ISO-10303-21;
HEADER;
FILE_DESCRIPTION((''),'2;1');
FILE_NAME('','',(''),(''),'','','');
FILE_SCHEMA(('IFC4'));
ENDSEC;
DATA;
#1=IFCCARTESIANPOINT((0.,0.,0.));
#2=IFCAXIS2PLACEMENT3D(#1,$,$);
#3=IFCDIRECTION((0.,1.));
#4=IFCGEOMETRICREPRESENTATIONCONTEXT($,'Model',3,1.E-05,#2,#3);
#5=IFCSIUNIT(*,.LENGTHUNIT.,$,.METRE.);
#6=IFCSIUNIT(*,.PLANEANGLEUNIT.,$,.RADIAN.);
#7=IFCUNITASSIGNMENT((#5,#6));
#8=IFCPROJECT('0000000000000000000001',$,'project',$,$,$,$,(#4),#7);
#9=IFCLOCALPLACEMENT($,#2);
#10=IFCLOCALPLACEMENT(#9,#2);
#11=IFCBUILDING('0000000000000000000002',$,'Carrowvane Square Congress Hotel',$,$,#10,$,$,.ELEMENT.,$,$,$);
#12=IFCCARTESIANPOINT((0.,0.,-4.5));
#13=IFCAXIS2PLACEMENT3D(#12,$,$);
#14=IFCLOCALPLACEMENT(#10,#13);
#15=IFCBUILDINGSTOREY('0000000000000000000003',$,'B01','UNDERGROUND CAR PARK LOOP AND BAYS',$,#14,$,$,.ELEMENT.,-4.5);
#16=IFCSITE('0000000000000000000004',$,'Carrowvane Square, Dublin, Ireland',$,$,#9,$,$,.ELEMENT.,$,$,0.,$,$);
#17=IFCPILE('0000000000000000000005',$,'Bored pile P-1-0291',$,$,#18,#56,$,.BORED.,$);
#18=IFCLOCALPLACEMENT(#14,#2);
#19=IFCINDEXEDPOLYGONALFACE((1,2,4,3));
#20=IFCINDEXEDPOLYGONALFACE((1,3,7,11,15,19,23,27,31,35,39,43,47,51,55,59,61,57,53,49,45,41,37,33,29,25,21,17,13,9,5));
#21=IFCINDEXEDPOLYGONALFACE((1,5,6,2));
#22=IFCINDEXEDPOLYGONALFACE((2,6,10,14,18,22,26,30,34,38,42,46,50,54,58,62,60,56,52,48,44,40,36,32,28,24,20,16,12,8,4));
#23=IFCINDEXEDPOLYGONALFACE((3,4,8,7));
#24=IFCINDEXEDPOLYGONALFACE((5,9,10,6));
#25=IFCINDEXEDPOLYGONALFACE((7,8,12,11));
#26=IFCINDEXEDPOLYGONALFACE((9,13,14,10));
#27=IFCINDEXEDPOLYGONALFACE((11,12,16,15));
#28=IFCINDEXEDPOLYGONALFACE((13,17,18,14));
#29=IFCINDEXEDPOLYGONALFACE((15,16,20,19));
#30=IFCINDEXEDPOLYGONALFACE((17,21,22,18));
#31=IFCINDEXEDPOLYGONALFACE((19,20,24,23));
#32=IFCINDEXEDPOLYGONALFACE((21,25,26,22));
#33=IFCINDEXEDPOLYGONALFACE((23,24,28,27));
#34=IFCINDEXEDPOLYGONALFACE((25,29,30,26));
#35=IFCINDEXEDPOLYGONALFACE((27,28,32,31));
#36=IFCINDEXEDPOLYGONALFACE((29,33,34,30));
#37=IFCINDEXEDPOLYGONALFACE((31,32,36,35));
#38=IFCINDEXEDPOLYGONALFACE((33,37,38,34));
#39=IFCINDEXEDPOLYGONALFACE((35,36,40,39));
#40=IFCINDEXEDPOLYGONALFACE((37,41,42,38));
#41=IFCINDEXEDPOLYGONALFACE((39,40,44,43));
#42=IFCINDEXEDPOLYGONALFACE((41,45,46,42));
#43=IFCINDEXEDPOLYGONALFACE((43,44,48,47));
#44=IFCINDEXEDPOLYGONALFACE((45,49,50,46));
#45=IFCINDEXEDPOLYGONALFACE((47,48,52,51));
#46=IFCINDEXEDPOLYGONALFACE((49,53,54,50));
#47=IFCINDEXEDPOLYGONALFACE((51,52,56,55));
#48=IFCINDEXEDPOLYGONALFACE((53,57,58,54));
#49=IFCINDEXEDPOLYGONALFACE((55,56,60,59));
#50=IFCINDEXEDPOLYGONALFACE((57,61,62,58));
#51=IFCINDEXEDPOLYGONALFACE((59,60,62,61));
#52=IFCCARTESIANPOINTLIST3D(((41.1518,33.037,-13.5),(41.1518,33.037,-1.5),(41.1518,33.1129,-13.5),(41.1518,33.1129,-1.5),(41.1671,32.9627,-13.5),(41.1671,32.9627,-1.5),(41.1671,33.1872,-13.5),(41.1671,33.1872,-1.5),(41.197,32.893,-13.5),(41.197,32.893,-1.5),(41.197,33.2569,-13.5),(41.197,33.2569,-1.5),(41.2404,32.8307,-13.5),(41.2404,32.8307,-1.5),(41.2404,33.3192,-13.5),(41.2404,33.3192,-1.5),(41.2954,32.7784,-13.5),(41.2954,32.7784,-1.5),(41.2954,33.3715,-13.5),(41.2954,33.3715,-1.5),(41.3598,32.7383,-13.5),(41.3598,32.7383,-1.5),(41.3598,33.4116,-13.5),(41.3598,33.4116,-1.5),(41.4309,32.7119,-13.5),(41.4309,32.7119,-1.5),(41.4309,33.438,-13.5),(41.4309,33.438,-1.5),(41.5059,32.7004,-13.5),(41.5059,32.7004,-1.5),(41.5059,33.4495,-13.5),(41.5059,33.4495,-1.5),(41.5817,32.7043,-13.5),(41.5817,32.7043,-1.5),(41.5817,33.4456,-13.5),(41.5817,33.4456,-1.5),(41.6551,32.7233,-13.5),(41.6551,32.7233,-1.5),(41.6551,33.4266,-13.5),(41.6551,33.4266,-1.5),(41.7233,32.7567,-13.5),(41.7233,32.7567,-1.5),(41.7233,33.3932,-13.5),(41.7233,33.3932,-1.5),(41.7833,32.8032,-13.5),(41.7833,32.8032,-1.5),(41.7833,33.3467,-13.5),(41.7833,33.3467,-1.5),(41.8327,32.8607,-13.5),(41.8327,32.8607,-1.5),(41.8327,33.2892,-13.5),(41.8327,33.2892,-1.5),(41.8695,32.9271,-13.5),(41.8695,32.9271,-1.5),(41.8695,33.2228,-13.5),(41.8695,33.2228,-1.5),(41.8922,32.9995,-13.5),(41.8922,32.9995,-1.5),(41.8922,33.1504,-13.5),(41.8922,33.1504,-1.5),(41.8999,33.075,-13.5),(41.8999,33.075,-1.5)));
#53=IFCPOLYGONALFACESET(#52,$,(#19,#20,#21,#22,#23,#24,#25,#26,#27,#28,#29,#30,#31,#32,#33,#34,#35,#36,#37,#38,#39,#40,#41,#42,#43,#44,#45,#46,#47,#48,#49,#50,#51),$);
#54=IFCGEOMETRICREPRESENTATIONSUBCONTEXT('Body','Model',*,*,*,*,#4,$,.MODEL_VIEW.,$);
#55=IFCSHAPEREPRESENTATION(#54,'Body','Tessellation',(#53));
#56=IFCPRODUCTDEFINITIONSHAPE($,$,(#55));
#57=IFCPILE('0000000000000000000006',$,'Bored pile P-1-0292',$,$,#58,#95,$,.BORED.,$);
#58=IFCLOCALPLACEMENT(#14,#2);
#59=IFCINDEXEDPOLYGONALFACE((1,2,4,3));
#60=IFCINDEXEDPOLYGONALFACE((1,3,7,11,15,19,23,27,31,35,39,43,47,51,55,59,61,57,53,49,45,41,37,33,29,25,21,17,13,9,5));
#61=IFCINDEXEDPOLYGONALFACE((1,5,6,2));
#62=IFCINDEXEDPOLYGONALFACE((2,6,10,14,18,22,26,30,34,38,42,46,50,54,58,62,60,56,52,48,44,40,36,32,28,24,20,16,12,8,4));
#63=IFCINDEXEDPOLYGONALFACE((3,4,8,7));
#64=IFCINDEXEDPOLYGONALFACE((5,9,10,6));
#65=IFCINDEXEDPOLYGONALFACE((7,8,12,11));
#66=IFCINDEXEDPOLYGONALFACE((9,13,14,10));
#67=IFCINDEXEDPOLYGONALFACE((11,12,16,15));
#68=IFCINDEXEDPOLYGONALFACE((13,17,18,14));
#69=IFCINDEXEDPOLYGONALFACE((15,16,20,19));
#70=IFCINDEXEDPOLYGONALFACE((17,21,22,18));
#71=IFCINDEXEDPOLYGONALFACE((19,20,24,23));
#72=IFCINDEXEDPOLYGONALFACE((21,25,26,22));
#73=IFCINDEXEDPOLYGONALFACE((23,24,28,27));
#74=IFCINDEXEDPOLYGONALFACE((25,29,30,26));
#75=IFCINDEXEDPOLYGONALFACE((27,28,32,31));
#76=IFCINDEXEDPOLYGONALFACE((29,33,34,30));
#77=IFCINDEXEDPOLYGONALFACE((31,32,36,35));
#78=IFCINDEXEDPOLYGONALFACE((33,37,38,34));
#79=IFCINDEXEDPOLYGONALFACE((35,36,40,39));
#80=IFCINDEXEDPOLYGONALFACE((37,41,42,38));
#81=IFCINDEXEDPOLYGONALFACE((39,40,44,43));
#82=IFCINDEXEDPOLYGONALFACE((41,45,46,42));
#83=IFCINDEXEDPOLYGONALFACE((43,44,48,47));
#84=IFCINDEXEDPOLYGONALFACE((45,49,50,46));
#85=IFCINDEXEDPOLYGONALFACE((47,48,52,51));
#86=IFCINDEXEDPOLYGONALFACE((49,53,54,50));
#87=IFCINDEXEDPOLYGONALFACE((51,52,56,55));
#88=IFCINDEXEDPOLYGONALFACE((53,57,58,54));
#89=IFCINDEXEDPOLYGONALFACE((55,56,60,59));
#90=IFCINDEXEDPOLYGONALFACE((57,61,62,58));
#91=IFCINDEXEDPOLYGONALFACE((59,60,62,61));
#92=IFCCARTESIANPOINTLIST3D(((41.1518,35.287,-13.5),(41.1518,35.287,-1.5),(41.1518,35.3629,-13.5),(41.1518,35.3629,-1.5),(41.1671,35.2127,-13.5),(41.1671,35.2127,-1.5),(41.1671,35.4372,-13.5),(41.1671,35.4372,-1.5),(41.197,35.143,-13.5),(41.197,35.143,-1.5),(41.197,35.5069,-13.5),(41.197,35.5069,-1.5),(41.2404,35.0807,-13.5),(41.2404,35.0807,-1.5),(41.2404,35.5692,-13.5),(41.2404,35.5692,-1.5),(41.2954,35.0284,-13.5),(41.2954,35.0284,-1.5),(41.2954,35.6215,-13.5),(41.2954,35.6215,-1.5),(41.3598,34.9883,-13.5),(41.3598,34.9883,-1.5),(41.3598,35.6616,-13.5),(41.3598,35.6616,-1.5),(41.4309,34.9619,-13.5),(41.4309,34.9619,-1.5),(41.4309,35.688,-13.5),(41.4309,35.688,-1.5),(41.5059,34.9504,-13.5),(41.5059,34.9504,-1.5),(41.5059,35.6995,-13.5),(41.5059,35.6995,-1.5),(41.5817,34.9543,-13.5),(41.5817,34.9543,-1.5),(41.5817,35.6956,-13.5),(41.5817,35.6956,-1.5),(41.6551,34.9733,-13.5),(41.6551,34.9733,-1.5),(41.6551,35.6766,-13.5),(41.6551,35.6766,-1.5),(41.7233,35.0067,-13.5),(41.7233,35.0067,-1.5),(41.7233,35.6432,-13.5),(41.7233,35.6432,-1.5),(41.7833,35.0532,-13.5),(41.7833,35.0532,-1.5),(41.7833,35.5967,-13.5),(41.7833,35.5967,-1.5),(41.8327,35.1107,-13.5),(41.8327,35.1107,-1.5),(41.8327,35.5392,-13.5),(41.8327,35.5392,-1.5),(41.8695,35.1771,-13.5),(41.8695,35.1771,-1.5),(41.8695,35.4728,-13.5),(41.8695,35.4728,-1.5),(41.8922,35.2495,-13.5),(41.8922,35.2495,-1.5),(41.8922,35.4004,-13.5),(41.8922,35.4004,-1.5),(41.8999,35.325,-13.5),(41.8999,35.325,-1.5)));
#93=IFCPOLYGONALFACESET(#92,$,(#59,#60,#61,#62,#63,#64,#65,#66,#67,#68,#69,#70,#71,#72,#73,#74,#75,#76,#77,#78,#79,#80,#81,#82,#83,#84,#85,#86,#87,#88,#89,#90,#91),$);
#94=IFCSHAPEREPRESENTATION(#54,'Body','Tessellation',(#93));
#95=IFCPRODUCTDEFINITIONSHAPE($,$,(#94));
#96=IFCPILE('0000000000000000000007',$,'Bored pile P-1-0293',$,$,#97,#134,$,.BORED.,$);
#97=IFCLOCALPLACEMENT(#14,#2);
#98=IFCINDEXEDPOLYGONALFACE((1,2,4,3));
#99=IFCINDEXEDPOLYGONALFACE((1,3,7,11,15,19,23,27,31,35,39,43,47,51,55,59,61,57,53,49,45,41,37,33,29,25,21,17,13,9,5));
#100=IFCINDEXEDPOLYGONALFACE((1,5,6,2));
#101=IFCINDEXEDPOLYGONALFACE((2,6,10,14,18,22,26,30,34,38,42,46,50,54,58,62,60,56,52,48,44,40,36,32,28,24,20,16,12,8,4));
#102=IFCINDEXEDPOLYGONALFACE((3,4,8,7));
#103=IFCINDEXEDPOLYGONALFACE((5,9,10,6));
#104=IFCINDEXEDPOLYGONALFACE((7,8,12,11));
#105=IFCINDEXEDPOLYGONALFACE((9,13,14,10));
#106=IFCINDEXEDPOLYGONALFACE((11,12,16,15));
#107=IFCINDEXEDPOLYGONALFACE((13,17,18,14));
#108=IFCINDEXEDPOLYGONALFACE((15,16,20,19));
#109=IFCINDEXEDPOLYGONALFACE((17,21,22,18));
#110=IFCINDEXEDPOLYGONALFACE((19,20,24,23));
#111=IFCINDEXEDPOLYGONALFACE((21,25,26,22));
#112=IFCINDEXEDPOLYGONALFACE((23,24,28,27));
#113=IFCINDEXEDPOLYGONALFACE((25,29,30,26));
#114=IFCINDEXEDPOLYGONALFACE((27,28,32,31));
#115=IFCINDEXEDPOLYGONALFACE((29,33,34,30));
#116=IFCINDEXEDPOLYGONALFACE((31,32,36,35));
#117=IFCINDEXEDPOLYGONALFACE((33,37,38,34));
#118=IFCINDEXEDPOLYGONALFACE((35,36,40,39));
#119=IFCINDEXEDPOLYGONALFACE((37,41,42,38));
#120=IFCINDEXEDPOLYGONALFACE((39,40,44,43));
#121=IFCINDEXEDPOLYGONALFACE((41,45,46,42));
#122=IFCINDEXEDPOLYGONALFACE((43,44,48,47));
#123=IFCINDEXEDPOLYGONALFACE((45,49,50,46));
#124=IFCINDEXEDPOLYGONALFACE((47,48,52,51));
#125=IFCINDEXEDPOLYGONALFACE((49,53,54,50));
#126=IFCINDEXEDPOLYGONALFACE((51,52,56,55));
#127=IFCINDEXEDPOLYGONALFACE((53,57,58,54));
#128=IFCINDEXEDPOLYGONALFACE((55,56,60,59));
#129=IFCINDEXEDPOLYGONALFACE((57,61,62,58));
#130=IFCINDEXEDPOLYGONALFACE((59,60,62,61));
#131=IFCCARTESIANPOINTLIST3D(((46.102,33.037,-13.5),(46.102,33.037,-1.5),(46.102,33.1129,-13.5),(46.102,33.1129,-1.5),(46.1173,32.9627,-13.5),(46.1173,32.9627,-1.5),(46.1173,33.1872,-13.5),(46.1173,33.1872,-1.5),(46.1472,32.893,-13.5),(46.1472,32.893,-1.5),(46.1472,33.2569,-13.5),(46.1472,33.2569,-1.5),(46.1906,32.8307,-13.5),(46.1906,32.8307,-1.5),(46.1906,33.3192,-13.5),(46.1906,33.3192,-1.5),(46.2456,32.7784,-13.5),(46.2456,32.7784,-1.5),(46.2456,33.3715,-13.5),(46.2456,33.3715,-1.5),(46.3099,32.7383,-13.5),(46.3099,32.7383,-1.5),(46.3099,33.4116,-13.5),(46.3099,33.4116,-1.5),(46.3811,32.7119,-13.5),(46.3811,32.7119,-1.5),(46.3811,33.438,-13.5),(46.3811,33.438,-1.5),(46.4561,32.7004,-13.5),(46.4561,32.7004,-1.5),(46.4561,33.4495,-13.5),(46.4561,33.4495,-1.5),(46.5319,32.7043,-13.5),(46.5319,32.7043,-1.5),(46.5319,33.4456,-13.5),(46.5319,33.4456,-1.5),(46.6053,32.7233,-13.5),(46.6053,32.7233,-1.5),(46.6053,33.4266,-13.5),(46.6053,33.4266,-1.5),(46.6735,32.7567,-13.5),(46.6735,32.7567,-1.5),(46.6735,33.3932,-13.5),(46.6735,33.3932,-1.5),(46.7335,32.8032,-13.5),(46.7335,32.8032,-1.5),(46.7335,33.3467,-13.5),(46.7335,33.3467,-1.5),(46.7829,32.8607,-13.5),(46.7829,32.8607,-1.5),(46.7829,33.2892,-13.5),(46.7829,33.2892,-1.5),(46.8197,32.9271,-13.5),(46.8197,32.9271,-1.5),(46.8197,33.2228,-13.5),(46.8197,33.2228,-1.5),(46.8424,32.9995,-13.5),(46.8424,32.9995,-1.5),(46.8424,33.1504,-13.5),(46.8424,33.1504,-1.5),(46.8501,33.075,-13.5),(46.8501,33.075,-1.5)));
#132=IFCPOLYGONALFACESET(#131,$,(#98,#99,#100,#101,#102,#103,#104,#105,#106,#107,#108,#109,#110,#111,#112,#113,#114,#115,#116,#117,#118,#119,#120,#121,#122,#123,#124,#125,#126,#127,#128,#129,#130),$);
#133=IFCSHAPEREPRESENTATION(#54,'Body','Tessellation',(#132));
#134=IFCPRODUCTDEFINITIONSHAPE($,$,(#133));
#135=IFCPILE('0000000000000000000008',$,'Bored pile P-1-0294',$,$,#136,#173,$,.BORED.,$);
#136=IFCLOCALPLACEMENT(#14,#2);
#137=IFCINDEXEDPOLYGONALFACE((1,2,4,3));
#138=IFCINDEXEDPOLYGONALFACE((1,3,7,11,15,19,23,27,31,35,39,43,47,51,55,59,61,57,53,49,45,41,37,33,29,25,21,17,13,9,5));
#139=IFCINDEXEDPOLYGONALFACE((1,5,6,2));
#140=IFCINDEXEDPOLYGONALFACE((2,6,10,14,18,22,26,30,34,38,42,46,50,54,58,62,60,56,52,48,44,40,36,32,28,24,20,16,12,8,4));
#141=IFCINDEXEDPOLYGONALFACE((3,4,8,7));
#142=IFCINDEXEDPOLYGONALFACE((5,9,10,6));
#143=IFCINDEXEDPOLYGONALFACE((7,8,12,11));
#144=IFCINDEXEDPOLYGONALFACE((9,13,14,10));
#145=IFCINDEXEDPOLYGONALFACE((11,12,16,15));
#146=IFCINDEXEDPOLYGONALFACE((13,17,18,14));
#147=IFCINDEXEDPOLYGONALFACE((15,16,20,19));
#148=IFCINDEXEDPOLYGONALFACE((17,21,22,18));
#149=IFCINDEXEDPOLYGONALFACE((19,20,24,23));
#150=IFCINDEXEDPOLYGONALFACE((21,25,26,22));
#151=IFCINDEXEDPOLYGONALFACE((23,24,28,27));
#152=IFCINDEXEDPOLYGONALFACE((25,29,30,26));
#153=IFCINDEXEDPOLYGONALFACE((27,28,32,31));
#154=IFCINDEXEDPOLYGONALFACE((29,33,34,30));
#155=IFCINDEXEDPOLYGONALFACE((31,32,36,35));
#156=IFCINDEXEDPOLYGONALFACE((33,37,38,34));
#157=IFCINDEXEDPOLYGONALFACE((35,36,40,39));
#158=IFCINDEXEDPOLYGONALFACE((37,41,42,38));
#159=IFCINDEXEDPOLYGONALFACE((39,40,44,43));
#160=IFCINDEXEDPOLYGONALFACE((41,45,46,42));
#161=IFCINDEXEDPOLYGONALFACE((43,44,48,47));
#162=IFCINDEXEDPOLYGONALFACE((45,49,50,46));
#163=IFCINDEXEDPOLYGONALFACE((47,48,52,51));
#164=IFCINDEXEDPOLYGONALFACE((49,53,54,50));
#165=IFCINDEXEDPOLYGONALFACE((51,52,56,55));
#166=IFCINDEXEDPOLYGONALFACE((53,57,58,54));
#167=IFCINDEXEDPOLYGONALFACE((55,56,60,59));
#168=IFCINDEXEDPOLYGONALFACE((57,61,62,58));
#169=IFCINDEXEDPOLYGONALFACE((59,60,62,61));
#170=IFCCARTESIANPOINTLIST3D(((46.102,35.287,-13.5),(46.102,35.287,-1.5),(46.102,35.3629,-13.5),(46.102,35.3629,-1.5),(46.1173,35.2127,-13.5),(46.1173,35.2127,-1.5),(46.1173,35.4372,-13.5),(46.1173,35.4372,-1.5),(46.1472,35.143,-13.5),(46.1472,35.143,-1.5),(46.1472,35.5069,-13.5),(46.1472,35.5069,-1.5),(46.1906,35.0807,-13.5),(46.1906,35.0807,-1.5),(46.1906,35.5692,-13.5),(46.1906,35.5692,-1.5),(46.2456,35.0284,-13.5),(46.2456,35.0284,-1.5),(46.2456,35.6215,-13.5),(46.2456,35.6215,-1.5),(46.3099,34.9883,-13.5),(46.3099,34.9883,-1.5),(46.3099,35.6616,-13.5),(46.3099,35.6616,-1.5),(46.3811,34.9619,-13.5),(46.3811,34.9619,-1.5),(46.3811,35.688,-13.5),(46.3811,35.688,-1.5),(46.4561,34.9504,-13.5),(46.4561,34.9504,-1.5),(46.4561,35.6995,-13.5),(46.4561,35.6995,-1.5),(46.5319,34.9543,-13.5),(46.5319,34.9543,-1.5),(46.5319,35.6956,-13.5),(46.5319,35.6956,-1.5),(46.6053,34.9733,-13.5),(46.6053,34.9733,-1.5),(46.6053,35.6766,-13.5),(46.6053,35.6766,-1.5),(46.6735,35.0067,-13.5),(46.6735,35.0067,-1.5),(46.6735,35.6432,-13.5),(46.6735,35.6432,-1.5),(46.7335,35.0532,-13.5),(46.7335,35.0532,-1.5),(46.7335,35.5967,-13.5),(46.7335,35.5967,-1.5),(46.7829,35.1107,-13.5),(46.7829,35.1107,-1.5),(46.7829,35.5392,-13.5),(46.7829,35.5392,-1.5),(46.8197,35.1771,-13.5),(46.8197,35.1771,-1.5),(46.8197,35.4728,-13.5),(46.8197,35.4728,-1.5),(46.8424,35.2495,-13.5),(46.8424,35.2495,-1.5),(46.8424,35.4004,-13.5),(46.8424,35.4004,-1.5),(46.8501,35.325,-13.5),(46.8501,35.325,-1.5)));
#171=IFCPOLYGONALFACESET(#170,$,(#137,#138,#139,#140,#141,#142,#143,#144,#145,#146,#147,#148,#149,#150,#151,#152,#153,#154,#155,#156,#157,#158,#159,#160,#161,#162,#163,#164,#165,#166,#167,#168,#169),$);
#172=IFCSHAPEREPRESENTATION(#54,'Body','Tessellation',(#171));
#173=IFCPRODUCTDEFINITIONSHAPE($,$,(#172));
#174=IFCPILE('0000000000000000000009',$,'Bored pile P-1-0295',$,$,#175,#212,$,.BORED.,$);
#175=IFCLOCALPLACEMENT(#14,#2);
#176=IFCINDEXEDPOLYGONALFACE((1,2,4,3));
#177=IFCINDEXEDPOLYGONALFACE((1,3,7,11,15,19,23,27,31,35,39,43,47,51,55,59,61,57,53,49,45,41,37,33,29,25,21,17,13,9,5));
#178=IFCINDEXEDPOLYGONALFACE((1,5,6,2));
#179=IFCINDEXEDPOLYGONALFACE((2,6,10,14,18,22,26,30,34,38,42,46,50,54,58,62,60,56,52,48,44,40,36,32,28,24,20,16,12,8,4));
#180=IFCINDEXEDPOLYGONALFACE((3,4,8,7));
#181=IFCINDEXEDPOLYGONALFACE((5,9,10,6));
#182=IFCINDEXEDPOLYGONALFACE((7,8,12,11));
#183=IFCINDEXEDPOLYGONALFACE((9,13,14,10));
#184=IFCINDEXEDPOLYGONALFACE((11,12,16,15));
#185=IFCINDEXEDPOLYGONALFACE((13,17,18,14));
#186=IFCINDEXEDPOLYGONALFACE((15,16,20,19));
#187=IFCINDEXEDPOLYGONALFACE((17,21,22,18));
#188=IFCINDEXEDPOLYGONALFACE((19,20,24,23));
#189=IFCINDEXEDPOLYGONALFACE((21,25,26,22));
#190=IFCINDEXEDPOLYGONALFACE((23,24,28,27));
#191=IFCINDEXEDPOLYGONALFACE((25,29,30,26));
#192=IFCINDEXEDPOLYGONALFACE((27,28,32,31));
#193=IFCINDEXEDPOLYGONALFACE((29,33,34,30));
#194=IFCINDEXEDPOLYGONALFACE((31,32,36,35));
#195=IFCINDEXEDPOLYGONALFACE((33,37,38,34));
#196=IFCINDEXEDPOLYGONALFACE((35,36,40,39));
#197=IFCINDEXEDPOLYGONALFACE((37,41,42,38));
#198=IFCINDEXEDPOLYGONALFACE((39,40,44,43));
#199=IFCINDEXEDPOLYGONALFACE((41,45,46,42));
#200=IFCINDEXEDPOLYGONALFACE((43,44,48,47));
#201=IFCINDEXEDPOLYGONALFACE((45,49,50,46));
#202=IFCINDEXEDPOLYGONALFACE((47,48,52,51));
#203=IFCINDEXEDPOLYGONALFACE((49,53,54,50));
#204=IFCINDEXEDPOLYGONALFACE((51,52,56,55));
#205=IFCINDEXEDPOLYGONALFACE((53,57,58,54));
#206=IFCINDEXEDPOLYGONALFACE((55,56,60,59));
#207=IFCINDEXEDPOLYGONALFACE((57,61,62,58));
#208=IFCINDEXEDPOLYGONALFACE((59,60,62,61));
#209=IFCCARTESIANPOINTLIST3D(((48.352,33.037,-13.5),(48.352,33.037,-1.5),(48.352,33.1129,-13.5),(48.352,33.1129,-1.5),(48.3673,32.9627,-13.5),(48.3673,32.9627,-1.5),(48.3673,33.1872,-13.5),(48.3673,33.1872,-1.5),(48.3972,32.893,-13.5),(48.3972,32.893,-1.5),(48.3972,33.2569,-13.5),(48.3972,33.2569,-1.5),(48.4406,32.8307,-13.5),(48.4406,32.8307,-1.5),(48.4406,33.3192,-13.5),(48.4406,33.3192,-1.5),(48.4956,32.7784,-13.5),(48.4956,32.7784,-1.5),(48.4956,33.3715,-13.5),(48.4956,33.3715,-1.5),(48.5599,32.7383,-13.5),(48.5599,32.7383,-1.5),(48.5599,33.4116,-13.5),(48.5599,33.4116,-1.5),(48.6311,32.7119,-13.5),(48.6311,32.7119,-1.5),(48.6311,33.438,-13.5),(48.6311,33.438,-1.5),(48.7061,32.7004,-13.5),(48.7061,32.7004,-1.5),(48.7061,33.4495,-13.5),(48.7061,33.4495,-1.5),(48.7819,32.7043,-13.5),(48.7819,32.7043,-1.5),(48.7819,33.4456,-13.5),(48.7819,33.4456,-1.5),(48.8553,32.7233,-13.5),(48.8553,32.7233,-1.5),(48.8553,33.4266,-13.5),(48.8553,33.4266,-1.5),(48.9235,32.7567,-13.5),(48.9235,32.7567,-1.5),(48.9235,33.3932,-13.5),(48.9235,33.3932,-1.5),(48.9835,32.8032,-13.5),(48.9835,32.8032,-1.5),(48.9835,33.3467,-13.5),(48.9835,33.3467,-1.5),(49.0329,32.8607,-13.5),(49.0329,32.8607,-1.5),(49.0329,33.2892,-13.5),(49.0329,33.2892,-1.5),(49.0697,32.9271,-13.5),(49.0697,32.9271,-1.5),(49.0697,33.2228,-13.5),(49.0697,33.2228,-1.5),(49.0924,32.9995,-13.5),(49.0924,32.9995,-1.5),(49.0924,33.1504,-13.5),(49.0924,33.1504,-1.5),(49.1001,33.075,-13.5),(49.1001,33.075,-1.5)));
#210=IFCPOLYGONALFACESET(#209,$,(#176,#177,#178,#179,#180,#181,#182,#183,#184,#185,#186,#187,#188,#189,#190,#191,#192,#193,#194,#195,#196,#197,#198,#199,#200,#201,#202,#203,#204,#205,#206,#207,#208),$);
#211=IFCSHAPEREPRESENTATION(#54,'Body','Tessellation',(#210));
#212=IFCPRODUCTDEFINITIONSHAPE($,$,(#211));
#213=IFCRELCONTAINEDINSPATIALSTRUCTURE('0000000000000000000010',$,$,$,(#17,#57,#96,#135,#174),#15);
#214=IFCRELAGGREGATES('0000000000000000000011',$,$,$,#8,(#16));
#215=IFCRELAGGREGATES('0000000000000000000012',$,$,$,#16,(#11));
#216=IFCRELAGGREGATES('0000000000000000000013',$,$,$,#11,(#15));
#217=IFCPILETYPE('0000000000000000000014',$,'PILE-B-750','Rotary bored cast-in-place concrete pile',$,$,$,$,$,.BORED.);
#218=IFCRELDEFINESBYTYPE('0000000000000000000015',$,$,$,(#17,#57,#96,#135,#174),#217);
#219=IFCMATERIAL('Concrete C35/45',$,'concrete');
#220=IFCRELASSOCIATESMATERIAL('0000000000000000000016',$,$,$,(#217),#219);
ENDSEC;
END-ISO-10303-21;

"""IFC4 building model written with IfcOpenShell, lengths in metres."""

from ifc_helpers import new_model, si_unit, direction, frame, origin, origin_2d, place, context, subcontext, project, spatial, circle, extrude, material, material_profile, profile_set, type_object, element, save


model = new_model("IFC4")

# Units and contexts
model_context = context("Model", 3, precision=1e-05, world=origin(), true_north=direction((0.0, 1.0)))
body_context = subcontext(model_context, "Body", "Model", "MODEL_VIEW")
ifc_project = project(units=[si_unit("LENGTHUNIT", "METRE"), si_unit("PLANEANGLEUNIT", "RADIAN")], contexts=[model_context])

# Site, building, storey
site_placement = place(None, origin())
site = spatial("IfcSite", under=ifc_project, at=site_placement, Name="Carrowvane Square, Dublin, Ireland", CompositionType="ELEMENT", RefElevation=0.0)
building_placement = place(site_placement, origin())
building = spatial("IfcBuilding", under=site, at=building_placement, Name="Carrowvane Square Congress Hotel", CompositionType="ELEMENT")
storey_placement = place(building_placement, frame((0.0, 0.0, -4.5)))
storey = spatial("IfcBuildingStorey", under=building, at=storey_placement, Name="B01", Description="UNDERGROUND CAR PARK LOOP AND BAYS", CompositionType="ELEMENT", Elevation=-4.5)

# Piles
ifc_material_1 = material(Name="Concrete C35/45", Category="concrete")
ifc_material_profile_1 = material_profile(ifc_material_1, circle(Radius=0.375, at=origin_2d()), Name="PILE D750")
ifc_profile_set_1 = profile_set([ifc_material_profile_1], Name="Concrete C35/45")
pile_type = type_object("IfcPileType", Name="PILE-B-750", Description="Rotary bored cast-in-place concrete pile", PredefinedType="BORED", material=ifc_profile_set_1)
for number, where, z_axis, x_axis, name in (
    (1, (41.5249, 33.075, -1.5), (0.0, 0.0, -1.0), (1.0, 0.0, 0.0), "Bored pile P-1-0291"),
    (2, (41.5249, 35.325, -1.5), (0.0, 0.0, -1.0), (1.0, 0.0, 0.0), "Bored pile P-1-0292"),
    (3, (46.4751, 33.075, -1.5), (0.0, 0.0, -1.0), (1.0, 0.0, 0.0), "Bored pile P-1-0293"),
    (4, (46.4751, 35.325, -1.5), (0.0, 0.0, -1.0), (1.0, 0.0, 0.0), "Bored pile P-1-0294"),
    (5, (48.7251, 33.075, -1.5), (0.0, 0.0, -1.0), (1.0, 0.0, 0.0), "Bored pile P-1-0295"),
):
    element("IfcPile", number, at=place(storey_placement, frame(where, z_axis=z_axis, x_axis=x_axis)), inside=storey, type_object=pile_type, Name=name, PredefinedType="BORED", context=body_context, shape_type="SweptSolid", body=[
        extrude(circle(Radius=0.375, at=origin_2d()), origin(), (0.0, 0.0, 1.0), 12.0),
    ])

save(model, "model.ifc")
